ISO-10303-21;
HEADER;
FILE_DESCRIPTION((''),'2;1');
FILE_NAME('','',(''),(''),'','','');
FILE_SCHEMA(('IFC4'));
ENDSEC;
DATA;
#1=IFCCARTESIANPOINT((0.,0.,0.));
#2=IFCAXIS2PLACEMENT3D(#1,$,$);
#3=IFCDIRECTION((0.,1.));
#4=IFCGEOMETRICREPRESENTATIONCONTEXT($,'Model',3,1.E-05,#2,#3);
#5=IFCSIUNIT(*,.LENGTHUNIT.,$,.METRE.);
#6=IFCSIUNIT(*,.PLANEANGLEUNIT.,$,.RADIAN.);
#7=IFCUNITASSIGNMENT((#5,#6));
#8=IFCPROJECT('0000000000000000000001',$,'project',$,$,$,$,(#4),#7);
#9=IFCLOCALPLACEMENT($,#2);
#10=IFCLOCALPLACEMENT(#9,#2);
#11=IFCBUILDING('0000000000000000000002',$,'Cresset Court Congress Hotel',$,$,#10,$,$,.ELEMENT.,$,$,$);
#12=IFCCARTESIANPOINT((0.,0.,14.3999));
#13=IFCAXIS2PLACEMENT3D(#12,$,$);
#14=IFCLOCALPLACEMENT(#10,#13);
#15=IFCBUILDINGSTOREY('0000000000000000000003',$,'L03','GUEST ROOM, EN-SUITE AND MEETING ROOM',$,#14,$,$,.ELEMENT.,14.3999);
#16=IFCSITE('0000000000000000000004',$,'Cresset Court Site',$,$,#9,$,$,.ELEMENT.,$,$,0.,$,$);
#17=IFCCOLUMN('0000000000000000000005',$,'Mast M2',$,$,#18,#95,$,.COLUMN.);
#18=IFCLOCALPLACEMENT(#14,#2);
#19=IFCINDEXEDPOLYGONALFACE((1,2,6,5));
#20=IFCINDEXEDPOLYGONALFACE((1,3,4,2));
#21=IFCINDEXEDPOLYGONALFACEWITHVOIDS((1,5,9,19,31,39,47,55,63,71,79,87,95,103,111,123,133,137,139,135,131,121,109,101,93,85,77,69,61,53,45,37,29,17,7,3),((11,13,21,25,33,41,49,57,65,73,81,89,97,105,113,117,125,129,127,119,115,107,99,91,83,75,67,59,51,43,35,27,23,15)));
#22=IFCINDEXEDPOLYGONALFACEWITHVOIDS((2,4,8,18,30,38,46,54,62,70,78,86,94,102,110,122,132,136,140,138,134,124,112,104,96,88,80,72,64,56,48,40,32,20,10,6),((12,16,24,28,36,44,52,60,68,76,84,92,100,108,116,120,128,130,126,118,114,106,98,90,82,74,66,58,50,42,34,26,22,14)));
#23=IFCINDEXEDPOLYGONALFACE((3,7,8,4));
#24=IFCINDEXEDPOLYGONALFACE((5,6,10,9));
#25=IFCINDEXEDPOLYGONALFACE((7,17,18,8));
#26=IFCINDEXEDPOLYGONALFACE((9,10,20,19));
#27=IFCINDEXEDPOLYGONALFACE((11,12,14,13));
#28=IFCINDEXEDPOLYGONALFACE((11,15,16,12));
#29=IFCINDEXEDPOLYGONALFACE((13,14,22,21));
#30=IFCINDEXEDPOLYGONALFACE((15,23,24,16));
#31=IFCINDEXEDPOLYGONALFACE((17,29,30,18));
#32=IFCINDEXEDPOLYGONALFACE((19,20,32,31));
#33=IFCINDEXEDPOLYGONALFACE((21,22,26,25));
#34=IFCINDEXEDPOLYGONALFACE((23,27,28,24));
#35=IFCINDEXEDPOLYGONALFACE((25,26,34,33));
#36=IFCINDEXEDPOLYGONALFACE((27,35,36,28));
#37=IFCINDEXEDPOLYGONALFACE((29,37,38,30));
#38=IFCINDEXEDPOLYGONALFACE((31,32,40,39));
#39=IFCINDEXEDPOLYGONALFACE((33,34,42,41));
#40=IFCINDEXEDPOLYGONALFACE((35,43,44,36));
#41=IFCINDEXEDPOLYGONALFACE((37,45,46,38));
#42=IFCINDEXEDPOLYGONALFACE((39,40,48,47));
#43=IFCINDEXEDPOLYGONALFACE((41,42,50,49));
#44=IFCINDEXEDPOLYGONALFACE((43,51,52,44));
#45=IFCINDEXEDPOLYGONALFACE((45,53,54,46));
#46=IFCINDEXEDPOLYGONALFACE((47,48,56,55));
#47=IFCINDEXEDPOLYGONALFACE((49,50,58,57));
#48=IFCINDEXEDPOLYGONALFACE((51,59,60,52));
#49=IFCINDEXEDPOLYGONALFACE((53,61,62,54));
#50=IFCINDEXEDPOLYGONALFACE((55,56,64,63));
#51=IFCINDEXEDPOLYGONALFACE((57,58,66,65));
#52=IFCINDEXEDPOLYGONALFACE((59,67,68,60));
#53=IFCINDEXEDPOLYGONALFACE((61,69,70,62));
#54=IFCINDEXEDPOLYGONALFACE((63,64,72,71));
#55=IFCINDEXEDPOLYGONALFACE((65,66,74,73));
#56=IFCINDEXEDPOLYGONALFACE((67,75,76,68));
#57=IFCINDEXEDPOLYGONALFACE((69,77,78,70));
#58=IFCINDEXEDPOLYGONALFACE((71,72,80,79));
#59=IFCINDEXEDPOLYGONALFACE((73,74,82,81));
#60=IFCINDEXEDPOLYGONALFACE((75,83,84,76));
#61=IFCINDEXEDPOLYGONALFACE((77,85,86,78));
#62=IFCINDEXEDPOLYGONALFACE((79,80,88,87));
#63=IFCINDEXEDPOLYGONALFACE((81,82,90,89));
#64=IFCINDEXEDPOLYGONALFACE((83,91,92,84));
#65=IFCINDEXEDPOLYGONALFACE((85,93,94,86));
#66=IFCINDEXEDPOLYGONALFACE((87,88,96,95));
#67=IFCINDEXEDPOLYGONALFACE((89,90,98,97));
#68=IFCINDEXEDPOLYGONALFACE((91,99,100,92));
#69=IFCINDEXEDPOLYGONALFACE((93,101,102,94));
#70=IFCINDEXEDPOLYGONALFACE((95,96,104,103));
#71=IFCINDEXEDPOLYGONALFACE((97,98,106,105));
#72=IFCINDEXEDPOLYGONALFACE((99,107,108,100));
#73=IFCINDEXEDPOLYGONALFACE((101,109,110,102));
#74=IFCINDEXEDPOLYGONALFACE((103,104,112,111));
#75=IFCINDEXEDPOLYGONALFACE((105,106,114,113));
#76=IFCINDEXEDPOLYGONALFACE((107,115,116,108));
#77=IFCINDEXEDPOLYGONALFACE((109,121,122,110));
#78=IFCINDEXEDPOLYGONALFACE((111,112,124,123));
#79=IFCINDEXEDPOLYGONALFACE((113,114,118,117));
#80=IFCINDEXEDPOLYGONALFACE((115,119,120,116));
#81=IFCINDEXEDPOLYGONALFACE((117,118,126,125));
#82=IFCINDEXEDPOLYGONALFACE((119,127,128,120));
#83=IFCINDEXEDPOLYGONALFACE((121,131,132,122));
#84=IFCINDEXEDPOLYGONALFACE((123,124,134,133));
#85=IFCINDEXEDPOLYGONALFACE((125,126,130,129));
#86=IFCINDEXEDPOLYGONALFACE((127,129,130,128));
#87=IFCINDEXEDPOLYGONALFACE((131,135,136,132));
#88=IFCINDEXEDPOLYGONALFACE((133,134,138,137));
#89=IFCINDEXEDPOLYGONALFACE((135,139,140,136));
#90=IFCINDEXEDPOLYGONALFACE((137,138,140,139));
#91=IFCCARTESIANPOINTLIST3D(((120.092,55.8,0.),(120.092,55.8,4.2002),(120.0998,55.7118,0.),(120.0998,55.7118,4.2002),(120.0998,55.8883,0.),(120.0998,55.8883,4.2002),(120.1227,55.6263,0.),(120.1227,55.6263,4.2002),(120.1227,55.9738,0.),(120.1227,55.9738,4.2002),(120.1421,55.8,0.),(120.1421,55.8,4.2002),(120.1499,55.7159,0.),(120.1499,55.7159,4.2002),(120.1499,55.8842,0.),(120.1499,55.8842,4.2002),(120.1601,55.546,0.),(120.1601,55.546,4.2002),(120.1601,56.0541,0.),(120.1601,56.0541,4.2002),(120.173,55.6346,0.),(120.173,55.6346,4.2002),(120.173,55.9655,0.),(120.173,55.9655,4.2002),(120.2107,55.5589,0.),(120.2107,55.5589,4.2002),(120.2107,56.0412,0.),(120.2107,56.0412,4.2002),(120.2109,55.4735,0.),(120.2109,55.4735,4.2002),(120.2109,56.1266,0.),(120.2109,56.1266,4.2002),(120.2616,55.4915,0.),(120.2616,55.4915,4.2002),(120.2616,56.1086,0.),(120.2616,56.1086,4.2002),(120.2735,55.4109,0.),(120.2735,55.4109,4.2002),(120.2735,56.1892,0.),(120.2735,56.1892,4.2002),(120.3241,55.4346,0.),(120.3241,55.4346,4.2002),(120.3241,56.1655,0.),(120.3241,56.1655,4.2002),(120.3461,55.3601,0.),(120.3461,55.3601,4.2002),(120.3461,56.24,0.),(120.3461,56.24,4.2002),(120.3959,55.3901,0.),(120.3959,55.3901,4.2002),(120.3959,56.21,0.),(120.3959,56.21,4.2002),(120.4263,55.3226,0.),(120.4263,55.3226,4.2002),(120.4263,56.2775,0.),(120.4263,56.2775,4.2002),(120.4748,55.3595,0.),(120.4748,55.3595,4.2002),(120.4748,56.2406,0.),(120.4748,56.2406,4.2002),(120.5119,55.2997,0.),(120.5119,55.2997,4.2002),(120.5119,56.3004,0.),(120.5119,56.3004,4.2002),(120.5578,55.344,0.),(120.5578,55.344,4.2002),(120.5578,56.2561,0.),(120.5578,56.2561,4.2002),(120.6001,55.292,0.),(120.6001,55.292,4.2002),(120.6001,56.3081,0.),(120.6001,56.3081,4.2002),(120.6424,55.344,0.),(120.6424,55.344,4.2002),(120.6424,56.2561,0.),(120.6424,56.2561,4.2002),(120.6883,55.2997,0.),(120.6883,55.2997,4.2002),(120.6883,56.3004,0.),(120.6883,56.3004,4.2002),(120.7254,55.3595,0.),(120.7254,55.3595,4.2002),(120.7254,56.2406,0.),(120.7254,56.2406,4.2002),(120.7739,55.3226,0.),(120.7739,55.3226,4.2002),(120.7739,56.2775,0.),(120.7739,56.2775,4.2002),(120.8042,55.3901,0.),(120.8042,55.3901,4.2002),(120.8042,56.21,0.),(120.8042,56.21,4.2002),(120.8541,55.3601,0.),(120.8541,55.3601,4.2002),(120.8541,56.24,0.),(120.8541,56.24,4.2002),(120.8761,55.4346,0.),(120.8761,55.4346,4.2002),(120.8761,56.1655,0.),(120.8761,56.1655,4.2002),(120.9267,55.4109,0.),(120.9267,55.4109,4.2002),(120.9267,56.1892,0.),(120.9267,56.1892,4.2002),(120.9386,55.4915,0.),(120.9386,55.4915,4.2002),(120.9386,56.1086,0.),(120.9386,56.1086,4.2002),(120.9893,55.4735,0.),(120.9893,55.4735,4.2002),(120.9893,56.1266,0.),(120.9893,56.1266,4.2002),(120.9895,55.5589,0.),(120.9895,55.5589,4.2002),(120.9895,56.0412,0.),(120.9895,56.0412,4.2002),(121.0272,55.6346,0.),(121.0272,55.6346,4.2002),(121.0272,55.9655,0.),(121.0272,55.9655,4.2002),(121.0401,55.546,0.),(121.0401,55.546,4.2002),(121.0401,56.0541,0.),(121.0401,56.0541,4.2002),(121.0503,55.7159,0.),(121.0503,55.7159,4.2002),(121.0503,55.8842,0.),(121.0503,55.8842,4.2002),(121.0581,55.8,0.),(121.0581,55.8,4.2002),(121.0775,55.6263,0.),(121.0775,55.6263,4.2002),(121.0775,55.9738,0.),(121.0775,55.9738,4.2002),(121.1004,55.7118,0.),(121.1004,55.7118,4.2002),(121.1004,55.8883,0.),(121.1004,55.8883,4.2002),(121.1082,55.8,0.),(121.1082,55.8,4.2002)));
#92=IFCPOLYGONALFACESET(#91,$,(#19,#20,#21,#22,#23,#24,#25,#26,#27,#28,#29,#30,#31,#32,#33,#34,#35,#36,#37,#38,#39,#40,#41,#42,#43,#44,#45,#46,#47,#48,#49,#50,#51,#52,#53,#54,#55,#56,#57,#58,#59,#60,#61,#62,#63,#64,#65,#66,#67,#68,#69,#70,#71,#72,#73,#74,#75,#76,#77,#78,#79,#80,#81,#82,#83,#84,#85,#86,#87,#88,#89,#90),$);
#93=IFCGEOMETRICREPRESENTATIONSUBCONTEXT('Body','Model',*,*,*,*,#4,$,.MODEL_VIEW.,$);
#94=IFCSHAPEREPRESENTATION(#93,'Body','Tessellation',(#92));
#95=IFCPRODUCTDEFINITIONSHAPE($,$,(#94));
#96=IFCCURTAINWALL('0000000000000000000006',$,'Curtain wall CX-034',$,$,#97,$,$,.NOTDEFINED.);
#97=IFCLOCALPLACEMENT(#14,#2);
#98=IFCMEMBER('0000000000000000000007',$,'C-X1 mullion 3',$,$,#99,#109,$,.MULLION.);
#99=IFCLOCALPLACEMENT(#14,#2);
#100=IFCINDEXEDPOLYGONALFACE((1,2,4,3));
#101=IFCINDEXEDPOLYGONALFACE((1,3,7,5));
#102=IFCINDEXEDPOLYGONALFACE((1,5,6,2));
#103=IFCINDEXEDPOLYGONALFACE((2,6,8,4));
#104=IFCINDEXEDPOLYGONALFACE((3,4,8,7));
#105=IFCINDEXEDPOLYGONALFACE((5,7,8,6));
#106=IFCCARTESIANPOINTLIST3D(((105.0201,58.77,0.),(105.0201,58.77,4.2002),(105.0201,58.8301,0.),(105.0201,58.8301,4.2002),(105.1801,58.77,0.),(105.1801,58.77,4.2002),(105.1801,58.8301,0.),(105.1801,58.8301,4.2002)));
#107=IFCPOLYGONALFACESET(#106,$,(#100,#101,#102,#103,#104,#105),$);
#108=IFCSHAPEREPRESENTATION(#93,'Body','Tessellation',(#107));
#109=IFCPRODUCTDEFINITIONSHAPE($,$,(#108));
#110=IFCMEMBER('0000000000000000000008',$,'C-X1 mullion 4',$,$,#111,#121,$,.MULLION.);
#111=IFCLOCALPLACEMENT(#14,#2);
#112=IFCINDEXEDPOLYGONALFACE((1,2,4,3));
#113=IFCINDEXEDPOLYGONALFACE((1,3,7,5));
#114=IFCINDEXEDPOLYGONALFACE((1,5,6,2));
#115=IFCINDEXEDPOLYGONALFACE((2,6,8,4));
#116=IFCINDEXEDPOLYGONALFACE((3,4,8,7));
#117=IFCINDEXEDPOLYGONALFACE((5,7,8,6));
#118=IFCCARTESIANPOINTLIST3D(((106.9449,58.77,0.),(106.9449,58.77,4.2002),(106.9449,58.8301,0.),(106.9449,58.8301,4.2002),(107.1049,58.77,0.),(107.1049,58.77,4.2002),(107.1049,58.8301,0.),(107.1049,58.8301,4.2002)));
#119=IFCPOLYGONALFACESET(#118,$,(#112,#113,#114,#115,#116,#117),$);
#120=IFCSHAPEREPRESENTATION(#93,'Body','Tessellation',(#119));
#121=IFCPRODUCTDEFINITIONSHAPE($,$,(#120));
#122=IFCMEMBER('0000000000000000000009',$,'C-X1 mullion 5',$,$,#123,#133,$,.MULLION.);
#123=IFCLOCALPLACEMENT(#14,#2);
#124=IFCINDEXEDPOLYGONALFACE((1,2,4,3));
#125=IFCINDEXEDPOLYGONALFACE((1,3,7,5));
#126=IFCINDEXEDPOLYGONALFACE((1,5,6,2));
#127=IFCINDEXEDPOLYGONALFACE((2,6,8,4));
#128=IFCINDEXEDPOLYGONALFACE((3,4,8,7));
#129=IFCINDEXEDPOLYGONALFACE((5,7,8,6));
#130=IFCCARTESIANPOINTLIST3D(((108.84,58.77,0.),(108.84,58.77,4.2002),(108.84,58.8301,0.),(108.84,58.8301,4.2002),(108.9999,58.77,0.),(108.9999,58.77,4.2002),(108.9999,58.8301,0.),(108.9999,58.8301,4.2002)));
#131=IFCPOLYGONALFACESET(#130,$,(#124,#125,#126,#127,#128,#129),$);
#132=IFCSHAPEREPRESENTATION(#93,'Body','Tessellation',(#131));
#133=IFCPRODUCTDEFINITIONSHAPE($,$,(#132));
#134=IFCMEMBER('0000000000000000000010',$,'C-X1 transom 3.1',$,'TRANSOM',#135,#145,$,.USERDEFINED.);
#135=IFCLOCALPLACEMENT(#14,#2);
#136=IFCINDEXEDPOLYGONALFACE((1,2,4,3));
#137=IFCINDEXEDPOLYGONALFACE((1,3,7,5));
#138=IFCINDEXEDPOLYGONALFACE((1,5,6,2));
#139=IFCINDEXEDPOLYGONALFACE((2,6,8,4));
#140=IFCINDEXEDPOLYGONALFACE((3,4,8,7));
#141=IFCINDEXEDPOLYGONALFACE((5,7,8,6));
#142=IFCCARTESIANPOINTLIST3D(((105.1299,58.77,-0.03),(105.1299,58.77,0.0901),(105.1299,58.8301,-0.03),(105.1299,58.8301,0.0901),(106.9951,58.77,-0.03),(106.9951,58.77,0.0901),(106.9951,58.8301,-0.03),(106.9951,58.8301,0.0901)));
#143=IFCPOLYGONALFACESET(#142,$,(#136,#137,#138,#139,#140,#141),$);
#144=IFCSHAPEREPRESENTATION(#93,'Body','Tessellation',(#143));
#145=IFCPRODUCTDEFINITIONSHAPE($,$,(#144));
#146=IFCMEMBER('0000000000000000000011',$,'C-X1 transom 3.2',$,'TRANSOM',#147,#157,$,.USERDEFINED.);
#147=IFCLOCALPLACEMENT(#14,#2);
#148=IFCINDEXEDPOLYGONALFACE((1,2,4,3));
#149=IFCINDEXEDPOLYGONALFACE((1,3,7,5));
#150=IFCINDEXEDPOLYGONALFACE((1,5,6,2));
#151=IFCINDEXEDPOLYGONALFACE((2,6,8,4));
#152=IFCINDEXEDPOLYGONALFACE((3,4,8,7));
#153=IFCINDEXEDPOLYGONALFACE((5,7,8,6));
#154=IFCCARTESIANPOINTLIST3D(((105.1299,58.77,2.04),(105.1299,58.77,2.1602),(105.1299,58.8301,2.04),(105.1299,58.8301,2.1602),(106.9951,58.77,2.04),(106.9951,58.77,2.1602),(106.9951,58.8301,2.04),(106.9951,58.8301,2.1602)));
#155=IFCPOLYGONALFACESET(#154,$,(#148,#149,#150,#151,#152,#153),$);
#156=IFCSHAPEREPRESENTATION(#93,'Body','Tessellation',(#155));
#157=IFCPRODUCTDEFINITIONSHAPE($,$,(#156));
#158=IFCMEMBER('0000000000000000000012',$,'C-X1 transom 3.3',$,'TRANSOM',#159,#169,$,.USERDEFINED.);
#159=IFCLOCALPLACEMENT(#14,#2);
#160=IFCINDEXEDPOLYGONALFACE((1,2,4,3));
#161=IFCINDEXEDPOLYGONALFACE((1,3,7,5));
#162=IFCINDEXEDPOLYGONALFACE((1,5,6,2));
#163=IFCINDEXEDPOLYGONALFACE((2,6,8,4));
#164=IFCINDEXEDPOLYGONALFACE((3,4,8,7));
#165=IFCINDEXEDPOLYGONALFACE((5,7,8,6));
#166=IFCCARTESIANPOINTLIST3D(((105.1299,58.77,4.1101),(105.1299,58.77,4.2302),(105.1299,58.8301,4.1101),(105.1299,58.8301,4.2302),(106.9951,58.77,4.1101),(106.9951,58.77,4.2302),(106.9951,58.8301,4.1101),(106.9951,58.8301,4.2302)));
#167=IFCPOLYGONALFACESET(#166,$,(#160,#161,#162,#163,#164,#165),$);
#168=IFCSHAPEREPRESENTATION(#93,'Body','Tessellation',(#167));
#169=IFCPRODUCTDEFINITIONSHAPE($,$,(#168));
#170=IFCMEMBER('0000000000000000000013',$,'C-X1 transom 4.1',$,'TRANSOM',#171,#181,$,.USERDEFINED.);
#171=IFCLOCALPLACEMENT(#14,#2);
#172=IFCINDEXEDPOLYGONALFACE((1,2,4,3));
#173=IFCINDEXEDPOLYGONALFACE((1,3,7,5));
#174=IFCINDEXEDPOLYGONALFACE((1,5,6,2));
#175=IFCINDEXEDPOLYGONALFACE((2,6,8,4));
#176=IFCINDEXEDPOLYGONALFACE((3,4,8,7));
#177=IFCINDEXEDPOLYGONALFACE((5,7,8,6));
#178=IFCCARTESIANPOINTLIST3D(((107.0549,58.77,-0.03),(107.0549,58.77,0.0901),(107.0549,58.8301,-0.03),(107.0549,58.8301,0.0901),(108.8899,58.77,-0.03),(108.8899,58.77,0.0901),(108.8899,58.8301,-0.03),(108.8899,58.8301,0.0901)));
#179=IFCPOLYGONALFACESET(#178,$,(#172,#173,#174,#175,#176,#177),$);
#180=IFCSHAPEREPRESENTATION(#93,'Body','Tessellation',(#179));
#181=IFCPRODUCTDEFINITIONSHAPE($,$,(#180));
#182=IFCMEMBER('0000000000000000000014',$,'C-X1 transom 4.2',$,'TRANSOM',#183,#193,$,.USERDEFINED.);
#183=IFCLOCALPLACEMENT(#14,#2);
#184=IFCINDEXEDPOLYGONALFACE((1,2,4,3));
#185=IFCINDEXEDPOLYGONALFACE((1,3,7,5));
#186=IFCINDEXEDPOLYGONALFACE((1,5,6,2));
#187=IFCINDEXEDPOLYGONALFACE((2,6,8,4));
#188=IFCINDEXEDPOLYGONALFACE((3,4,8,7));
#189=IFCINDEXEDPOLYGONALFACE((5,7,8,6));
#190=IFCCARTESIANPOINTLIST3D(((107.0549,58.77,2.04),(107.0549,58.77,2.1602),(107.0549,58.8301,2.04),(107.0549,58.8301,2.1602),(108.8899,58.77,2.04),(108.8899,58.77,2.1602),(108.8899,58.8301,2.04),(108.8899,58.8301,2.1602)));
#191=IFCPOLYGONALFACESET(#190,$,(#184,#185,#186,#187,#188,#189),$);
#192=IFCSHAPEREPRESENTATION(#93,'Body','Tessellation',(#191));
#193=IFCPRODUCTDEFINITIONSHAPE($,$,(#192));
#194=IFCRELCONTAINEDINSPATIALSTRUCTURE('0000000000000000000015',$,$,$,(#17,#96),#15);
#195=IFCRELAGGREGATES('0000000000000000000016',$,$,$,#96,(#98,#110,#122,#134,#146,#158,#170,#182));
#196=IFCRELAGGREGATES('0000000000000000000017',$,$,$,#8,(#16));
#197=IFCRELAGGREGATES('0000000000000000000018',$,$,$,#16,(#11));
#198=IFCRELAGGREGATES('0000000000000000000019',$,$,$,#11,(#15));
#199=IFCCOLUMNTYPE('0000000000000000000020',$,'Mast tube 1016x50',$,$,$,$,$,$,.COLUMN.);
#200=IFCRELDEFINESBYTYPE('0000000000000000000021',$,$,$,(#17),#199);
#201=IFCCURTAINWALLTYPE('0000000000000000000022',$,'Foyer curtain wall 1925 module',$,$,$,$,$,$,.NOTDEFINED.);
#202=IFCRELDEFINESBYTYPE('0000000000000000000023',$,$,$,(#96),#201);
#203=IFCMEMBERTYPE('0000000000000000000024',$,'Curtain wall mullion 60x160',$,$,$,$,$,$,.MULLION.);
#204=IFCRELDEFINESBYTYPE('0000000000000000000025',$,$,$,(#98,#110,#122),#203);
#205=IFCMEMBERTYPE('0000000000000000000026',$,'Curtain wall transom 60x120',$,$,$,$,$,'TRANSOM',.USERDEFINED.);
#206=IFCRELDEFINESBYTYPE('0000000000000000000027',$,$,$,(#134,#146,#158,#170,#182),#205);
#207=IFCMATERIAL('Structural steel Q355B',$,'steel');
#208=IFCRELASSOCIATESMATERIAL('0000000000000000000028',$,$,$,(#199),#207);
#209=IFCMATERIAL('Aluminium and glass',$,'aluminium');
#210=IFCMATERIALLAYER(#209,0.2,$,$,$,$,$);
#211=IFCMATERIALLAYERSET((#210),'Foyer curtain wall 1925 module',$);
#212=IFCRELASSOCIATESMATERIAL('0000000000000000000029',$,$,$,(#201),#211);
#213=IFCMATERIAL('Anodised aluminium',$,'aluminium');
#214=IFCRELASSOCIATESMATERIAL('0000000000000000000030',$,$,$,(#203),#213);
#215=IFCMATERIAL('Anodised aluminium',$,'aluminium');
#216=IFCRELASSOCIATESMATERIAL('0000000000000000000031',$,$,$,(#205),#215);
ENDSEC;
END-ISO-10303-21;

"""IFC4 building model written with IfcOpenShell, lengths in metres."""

from ifc_helpers import new_model, si_unit, direction, frame, origin, origin_2d, place, context, subcontext, project, spatial, rectangle, hollow_circle, extrude, material, layer, layer_set, material_profile, profile_set, type_object, element, aggregate, save


model = new_model("IFC4")

# Units and contexts
model_context = context("Model", 3, precision=1e-05, world=origin(), true_north=direction((0.0, 1.0)))
body_context = subcontext(model_context, "Body", "Model", "MODEL_VIEW")
ifc_project = project(units=[si_unit("LENGTHUNIT", "METRE"), si_unit("PLANEANGLEUNIT", "RADIAN")], contexts=[model_context])

# Site, building, storey
site_placement = place(None, origin())
site = spatial("IfcSite", under=ifc_project, at=site_placement, Name="Cresset Court Site", CompositionType="ELEMENT", RefElevation=0.0)
building_placement = place(site_placement, origin())
building = spatial("IfcBuilding", under=site, at=building_placement, Name="Cresset Court Congress Hotel", CompositionType="ELEMENT")
storey_placement = place(building_placement, frame((0.0, 0.0, 14.3999)))
storey = spatial("IfcBuildingStorey", under=building, at=storey_placement, Name="L03", Description="GUEST ROOM, EN-SUITE AND MEETING ROOM", CompositionType="ELEMENT", Elevation=14.3999)

# Column
ifc_material_1 = material(Name="Structural steel Q355B", Category="steel")
ifc_material_profile_1 = material_profile(ifc_material_1, hollow_circle(Radius=0.5081, WallThickness=0.05, at=origin_2d()), Name="CHS1016x50")
ifc_profile_set_1 = profile_set([ifc_material_profile_1], Name="Structural steel Q355B")
column_type = type_object("IfcColumnType", Name="Mast tube 1016x50", PredefinedType="COLUMN", material=ifc_profile_set_1)
column_placement = place(storey_placement, frame((120.6001, 55.8, 0.0), z_axis=(0.0, 0.0, 1.0), x_axis=(1.0, 0.0, 0.0)))
element("IfcColumn", 1, at=column_placement, inside=storey, type_object=column_type, Name="Mast M2", PredefinedType="COLUMN", context=body_context, shape_type="SweptSolid", body=[
    extrude(hollow_circle(Radius=0.5081, WallThickness=0.05, at=origin_2d()), origin(), (0.0, 0.0, 1.0), 4.2002),
])

# Curtain wall, members
ifc_material_2 = material(Name="Aluminium and glass", Category="aluminium")
ifc_layer_1 = layer(ifc_material_2, 0.2)
ifc_layer_set_1 = layer_set([ifc_layer_1], Name="Foyer curtain wall 1925 module")
curtain_wall_type = type_object("IfcCurtainWallType", Name="Foyer curtain wall 1925 module", PredefinedType="NOTDEFINED", material=ifc_layer_set_1)
curtain_wall_placement = place(storey_placement, origin())
curtain_wall = element("IfcCurtainWall", 2, at=curtain_wall_placement, inside=storey, type_object=curtain_wall_type, Name="Curtain wall CX-034", PredefinedType="NOTDEFINED")
ifc_material_3 = material(Name="Anodised aluminium", Category="aluminium")
ifc_material_profile_2 = material_profile(ifc_material_3, rectangle(XDim=0.0601, YDim=0.1599, at=origin_2d()), Name="AL60x160")
ifc_profile_set_2 = profile_set([ifc_material_profile_2], Name="Anodised aluminium")
member_type_1 = type_object("IfcMemberType", Name="Curtain wall mullion 60x160", PredefinedType="MULLION", material=ifc_profile_set_2)
member_1_placement = place(storey_placement, frame((105.1001, 58.8, 0.0), z_axis=(0.0, 0.0, 1.0), x_axis=(0.0, 1.0, 0.0)))
member_1 = element("IfcMember", 3, at=member_1_placement, type_object=member_type_1, Name="C-X1 mullion 3", PredefinedType="MULLION", context=body_context, shape_type="SweptSolid", body=[
    extrude(rectangle(XDim=0.0601, YDim=0.1599, at=origin_2d()), origin(), (0.0, 0.0, 1.0), 4.2002),
])
member_2_placement = place(storey_placement, frame((107.0249, 58.8, 0.0), z_axis=(0.0, 0.0, 1.0), x_axis=(0.0, 1.0, 0.0)))
member_2 = element("IfcMember", 4, at=member_2_placement, type_object=member_type_1, Name="C-X1 mullion 4", PredefinedType="MULLION", context=body_context, shape_type="SweptSolid", body=[
    extrude(rectangle(XDim=0.0601, YDim=0.1599, at=origin_2d()), origin(), (0.0, 0.0, 1.0), 4.2002),
])
member_3_placement = place(storey_placement, frame((108.9199, 58.8, 0.0), z_axis=(0.0, 0.0, 1.0), x_axis=(0.0, 1.0, 0.0)))
member_3 = element("IfcMember", 5, at=member_3_placement, type_object=member_type_1, Name="C-X1 mullion 5", PredefinedType="MULLION", context=body_context, shape_type="SweptSolid", body=[
    extrude(rectangle(XDim=0.0601, YDim=0.1599, at=origin_2d()), origin(), (0.0, 0.0, 1.0), 4.2002),
])
ifc_material_4 = material(Name="Anodised aluminium", Category="aluminium")
ifc_material_profile_3 = material_profile(ifc_material_4, rectangle(XDim=0.0601, YDim=0.1201, at=origin_2d()), Name="AL60x120")
ifc_profile_set_3 = profile_set([ifc_material_profile_3], Name="Anodised aluminium")
member_type_2 = type_object("IfcMemberType", Name="Curtain wall transom 60x120", ElementType="TRANSOM", PredefinedType="USERDEFINED", material=ifc_profile_set_3)
member_4_placement = place(storey_placement, frame((105.1299, 58.8, 0.03), z_axis=(1.0, 0.0, 0.0), x_axis=(0.0, 1.0, 0.0)))
member_4 = element("IfcMember", 6, at=member_4_placement, type_object=member_type_2, Name="C-X1 transom 3.1", ObjectType="TRANSOM", PredefinedType="USERDEFINED", context=body_context, shape_type="SweptSolid", body=[
    extrude(rectangle(XDim=0.0601, YDim=0.1201, at=origin_2d()), origin(), (0.0, 0.0, 1.0), 1.8652),
])
member_5_placement = place(storey_placement, frame((105.1299, 58.8, 2.1001), z_axis=(1.0, 0.0, 0.0), x_axis=(0.0, 1.0, 0.0)))
member_5 = element("IfcMember", 7, at=member_5_placement, type_object=member_type_2, Name="C-X1 transom 3.2", ObjectType="TRANSOM", PredefinedType="USERDEFINED", context=body_context, shape_type="SweptSolid", body=[
    extrude(rectangle(XDim=0.0601, YDim=0.1201, at=origin_2d()), origin(), (0.0, 0.0, 1.0), 1.8652),
])
member_6_placement = place(storey_placement, frame((105.1299, 58.8, 4.1702), z_axis=(1.0, 0.0, 0.0), x_axis=(0.0, 1.0, 0.0)))
member_6 = element("IfcMember", 8, at=member_6_placement, type_object=member_type_2, Name="C-X1 transom 3.3", ObjectType="TRANSOM", PredefinedType="USERDEFINED", context=body_context, shape_type="SweptSolid", body=[
    extrude(rectangle(XDim=0.0601, YDim=0.1201, at=origin_2d()), origin(), (0.0, 0.0, 1.0), 1.8652),
])
member_7_placement = place(storey_placement, frame((107.0549, 58.8, 0.03), z_axis=(1.0, 0.0, 0.0), x_axis=(0.0, 1.0, 0.0)))
member_7 = element("IfcMember", 9, at=member_7_placement, type_object=member_type_2, Name="C-X1 transom 4.1", ObjectType="TRANSOM", PredefinedType="USERDEFINED", context=body_context, shape_type="SweptSolid", body=[
    extrude(rectangle(XDim=0.0601, YDim=0.1201, at=origin_2d()), origin(), (0.0, 0.0, 1.0), 1.835),
])
member_8_placement = place(storey_placement, frame((107.0549, 58.8, 2.1001), z_axis=(1.0, 0.0, 0.0), x_axis=(0.0, 1.0, 0.0)))
member_8 = element("IfcMember", 10, at=member_8_placement, type_object=member_type_2, Name="C-X1 transom 4.2", ObjectType="TRANSOM", PredefinedType="USERDEFINED", context=body_context, shape_type="SweptSolid", body=[
    extrude(rectangle(XDim=0.0601, YDim=0.1201, at=origin_2d()), origin(), (0.0, 0.0, 1.0), 1.835),
])
aggregate(curtain_wall, [member_1, member_2, member_3, member_4, member_5, member_6, member_7, member_8])

save(model, "model.ifc")
